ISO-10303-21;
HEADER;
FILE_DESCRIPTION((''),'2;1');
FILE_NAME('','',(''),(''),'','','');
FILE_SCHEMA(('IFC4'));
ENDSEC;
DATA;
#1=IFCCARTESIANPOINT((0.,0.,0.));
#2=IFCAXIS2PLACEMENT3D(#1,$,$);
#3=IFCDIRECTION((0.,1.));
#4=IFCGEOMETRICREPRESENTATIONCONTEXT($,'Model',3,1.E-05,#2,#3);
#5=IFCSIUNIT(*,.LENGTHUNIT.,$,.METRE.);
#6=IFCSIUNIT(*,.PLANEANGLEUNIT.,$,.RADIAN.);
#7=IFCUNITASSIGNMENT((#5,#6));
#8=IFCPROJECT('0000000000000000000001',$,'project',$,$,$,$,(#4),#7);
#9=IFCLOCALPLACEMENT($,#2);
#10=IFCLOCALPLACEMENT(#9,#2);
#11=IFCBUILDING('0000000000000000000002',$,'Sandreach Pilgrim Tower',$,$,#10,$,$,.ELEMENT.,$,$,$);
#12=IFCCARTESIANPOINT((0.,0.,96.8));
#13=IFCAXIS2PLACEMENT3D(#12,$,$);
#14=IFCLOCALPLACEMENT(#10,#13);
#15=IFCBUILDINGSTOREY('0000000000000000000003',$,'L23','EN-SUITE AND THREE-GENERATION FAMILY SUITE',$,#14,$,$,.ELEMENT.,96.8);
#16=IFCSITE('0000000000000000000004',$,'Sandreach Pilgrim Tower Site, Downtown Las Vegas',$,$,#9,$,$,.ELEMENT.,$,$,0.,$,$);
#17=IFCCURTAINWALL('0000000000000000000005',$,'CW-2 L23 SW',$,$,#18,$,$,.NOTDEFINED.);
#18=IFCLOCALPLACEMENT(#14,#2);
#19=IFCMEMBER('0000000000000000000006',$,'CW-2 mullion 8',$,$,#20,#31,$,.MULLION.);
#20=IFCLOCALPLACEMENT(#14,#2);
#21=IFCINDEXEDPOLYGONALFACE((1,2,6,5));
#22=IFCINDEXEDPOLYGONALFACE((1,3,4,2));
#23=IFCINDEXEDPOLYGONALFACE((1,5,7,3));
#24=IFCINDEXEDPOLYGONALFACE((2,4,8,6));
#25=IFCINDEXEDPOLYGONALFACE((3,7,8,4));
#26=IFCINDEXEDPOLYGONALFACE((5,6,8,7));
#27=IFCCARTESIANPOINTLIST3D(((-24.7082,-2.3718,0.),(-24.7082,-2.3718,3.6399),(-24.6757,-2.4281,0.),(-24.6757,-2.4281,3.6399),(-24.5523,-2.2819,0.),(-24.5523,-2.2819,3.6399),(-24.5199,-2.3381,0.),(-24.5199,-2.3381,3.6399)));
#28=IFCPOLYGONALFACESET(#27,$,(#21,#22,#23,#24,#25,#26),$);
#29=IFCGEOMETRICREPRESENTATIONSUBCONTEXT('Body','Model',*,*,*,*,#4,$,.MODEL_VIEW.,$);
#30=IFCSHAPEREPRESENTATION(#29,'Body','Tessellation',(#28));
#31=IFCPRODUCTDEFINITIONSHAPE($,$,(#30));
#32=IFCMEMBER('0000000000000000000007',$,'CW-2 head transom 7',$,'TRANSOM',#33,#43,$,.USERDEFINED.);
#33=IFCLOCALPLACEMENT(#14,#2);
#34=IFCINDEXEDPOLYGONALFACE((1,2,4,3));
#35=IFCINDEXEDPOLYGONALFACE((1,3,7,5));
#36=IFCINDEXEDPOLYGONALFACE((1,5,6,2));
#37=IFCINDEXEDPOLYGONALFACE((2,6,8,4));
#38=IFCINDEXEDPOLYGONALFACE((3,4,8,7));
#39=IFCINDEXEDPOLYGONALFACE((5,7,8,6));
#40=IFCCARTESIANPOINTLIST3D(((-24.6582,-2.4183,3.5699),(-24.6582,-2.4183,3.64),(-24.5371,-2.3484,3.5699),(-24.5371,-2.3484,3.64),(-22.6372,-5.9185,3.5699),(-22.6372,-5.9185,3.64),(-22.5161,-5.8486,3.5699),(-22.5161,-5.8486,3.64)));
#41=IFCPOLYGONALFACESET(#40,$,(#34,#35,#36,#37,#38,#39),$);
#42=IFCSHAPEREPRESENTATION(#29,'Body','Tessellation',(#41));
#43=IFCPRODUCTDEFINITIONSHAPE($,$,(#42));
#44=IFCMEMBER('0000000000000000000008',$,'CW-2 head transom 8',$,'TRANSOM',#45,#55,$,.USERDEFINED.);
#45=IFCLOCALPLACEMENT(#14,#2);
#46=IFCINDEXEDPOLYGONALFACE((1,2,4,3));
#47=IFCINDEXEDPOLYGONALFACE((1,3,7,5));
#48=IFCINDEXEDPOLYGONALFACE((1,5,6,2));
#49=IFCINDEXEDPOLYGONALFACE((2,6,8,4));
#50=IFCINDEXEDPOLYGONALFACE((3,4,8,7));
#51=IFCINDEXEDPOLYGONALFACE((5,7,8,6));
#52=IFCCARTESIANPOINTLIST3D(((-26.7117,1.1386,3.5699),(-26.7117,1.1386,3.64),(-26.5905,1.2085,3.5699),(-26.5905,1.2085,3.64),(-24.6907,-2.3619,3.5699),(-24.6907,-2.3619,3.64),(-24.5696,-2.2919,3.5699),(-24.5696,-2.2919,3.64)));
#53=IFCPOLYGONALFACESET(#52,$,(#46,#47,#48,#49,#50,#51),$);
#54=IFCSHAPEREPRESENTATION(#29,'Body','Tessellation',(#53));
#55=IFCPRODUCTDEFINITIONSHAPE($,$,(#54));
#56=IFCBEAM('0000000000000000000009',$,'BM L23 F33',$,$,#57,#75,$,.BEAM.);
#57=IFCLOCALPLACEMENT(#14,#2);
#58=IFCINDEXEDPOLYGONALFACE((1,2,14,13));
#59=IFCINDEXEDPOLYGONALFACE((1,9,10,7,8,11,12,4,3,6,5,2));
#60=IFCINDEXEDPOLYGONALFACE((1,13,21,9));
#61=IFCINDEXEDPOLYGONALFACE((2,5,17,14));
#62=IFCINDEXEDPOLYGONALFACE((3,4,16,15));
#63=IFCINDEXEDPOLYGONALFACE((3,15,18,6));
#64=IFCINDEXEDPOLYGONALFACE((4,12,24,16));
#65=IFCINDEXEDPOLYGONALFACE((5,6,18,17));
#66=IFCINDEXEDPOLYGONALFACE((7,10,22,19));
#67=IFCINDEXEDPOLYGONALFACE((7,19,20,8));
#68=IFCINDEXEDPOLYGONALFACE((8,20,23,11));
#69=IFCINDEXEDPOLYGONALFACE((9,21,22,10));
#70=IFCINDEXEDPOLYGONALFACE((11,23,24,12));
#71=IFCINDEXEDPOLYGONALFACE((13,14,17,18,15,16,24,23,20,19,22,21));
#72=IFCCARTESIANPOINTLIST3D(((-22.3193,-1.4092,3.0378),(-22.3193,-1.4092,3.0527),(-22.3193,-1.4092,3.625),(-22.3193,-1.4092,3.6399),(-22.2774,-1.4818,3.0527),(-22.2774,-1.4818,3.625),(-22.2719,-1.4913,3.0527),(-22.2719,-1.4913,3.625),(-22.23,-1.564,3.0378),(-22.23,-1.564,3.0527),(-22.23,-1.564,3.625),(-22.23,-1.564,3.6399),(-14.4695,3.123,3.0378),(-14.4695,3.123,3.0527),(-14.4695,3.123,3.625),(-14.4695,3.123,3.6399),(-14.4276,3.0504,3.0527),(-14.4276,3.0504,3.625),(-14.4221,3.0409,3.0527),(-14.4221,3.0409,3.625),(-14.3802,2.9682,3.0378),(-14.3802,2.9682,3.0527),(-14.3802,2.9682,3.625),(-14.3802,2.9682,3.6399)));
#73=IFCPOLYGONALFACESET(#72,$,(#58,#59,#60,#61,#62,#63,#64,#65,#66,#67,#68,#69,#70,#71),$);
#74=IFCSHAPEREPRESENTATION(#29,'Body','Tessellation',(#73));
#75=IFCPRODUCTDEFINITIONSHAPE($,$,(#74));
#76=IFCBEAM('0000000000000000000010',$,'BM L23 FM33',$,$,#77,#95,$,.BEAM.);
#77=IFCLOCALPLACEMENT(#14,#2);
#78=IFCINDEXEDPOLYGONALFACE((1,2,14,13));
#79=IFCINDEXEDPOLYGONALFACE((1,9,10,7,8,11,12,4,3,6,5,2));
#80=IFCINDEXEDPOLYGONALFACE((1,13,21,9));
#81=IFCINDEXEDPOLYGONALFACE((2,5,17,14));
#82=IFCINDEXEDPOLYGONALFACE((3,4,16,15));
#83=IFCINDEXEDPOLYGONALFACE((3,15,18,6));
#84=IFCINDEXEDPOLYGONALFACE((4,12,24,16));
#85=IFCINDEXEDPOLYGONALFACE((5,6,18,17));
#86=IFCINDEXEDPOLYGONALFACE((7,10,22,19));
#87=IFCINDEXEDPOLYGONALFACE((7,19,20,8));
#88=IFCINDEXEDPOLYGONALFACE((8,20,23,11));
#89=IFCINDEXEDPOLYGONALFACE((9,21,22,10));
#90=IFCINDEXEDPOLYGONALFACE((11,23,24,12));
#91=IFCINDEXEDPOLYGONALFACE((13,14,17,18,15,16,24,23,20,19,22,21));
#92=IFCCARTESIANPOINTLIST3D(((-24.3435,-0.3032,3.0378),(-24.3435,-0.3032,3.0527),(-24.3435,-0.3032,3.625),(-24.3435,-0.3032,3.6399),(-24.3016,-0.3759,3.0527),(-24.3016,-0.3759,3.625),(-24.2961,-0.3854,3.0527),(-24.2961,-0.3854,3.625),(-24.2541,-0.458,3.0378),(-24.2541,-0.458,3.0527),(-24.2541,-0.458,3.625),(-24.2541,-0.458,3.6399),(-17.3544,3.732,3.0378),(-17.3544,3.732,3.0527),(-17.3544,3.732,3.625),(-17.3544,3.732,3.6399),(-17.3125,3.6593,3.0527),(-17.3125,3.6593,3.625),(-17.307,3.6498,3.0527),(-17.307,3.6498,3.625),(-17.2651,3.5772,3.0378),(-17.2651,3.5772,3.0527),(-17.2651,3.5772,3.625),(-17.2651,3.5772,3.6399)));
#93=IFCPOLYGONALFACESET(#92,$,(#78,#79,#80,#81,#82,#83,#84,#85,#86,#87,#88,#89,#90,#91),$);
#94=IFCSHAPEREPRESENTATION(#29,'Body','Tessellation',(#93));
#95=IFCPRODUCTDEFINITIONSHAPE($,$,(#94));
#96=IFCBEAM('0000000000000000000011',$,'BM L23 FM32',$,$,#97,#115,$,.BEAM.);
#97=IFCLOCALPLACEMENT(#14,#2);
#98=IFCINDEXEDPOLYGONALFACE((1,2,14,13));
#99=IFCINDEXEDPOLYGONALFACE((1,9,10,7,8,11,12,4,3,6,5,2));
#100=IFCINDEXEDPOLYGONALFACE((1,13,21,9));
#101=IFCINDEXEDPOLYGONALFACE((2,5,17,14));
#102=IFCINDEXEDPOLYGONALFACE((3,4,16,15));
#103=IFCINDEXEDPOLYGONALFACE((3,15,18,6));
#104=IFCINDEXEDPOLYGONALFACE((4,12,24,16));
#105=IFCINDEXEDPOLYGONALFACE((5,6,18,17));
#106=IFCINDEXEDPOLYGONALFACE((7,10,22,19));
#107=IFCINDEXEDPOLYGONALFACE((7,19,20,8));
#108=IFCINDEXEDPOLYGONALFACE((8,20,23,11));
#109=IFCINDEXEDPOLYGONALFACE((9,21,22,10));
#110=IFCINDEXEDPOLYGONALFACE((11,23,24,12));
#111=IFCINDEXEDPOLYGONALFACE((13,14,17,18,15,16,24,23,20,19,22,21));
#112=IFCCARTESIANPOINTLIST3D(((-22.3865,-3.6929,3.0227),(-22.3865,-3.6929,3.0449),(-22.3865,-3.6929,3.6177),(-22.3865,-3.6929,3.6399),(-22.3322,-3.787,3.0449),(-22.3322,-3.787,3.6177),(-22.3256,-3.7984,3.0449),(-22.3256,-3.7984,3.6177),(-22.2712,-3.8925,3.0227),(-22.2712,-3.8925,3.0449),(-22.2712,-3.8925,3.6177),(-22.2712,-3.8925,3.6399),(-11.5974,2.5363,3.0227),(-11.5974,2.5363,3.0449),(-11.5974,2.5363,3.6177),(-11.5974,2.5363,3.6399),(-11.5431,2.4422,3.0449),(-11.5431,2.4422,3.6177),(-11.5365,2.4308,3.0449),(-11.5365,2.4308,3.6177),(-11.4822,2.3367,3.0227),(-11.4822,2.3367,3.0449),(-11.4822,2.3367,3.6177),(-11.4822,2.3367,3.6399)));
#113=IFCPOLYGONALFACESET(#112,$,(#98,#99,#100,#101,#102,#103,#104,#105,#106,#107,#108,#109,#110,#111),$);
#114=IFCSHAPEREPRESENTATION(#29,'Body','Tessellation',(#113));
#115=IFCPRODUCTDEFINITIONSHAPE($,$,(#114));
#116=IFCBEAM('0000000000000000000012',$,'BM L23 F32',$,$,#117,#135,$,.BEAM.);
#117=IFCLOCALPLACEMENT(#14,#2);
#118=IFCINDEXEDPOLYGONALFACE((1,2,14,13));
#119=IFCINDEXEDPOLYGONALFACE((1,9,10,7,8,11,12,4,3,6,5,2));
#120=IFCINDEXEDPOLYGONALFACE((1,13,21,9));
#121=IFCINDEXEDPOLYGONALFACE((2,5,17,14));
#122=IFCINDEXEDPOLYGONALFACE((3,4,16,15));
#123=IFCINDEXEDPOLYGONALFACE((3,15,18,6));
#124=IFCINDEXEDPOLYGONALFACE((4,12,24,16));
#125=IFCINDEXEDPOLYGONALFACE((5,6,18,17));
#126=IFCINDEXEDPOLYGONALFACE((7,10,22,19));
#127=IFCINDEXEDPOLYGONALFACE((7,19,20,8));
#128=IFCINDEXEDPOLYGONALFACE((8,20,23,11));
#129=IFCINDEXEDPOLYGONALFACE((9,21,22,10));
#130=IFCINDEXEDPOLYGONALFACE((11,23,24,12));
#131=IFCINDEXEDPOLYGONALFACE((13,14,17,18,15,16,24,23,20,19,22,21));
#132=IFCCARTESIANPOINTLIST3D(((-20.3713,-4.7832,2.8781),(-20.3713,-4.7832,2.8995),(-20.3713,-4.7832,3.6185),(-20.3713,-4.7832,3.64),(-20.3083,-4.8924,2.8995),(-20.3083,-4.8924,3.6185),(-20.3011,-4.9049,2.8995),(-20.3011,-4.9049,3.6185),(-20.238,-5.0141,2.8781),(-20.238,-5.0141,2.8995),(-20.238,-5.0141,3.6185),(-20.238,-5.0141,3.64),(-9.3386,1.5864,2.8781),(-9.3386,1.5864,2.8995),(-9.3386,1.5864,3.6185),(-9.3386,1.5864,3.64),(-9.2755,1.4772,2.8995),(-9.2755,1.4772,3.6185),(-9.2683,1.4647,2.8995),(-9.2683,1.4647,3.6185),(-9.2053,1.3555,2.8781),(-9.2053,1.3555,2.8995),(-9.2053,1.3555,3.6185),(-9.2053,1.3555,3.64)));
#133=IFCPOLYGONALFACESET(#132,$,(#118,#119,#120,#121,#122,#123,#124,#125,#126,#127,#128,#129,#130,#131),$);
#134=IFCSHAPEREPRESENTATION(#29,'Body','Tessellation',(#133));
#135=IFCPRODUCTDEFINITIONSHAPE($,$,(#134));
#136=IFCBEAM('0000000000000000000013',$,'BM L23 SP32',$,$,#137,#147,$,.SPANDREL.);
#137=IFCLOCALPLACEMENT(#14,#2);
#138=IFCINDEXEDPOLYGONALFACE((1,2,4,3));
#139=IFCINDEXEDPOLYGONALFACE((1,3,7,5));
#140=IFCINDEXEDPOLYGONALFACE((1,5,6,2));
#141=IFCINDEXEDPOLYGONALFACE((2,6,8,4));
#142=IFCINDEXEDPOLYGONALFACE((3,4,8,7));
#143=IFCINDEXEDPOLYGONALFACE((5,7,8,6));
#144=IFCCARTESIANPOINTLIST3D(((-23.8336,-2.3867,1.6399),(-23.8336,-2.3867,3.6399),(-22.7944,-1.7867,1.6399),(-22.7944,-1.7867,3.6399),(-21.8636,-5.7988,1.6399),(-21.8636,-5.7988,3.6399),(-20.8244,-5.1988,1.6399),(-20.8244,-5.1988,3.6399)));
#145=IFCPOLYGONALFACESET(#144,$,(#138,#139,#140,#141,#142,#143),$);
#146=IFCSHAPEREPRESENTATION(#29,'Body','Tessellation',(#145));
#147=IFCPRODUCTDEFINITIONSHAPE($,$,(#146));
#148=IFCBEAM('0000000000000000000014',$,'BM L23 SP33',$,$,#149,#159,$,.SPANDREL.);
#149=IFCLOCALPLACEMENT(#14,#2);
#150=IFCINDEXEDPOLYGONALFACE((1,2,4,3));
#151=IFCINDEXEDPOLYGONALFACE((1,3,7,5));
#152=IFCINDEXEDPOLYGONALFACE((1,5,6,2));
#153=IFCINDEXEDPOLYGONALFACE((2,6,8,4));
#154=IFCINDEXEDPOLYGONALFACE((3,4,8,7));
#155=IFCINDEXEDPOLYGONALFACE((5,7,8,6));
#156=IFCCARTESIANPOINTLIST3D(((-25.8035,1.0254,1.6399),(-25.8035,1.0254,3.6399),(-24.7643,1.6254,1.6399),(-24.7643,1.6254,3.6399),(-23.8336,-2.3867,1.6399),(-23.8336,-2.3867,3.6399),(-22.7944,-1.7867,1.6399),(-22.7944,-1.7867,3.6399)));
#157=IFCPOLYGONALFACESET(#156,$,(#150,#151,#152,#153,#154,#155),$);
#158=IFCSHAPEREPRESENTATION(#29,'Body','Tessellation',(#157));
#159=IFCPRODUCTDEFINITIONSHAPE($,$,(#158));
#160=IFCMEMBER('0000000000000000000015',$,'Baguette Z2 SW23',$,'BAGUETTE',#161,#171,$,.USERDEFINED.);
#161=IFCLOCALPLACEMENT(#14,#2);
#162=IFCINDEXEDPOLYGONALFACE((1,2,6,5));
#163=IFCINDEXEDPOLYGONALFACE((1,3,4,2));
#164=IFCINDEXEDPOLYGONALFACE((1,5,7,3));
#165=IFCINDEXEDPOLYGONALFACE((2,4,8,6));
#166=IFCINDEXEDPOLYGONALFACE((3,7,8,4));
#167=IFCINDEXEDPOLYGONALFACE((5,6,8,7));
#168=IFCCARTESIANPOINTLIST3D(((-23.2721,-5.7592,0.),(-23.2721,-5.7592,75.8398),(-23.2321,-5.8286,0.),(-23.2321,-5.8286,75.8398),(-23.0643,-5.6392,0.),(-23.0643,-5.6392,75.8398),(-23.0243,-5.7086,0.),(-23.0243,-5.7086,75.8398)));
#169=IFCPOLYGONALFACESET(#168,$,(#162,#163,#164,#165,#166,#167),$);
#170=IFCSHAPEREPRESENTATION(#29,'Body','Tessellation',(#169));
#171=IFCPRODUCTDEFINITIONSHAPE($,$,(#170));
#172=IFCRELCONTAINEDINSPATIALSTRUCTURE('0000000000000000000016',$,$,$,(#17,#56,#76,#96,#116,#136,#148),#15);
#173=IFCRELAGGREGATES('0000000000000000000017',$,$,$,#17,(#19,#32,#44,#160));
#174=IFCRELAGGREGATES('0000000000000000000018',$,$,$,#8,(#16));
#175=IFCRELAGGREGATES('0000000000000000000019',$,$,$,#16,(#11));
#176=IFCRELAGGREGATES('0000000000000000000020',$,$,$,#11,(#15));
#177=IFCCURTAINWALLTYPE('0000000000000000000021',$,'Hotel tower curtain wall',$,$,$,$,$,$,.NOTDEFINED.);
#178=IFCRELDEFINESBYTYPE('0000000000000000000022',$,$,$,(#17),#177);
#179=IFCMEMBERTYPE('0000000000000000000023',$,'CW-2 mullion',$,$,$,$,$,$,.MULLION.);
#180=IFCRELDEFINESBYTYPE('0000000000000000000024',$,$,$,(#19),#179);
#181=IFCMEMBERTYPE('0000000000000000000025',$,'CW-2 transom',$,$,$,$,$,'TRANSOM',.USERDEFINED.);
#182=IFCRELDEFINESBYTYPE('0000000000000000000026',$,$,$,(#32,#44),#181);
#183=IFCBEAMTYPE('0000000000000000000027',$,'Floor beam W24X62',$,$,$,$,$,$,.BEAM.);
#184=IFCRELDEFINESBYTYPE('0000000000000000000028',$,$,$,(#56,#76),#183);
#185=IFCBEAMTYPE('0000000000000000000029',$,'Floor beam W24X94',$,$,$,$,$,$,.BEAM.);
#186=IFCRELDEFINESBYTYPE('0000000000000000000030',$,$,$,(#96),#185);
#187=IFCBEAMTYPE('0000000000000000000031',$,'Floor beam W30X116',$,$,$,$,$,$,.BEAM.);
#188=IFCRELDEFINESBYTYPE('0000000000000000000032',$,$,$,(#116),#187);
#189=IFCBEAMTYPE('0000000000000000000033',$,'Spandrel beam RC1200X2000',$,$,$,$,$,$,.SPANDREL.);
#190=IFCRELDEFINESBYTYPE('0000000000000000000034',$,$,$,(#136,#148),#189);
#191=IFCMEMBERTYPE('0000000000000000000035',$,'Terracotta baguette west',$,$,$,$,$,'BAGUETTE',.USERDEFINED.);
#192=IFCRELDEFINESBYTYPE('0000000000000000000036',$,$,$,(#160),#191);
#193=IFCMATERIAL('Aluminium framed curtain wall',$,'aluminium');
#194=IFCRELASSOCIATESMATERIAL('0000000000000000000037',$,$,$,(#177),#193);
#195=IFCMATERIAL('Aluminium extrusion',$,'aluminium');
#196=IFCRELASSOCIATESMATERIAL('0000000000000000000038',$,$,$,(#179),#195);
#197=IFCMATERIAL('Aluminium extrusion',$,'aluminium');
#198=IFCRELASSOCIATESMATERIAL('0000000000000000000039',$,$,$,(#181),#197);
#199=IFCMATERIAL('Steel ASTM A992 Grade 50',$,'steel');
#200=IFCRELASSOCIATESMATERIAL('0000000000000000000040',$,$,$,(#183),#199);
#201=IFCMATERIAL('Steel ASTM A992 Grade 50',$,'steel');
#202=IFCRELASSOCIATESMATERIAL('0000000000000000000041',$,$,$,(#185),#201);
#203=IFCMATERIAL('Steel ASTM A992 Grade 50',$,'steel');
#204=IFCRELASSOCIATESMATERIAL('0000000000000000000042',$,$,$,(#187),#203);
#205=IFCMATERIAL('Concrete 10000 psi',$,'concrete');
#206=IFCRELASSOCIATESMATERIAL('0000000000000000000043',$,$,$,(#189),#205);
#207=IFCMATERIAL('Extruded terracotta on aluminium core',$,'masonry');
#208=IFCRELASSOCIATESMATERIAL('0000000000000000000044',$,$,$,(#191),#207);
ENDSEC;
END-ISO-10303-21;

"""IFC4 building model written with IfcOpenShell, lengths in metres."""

from ifc_helpers import new_model, si_unit, direction, frame, origin, origin_2d, place, context, subcontext, project, spatial, rectangle, i_section, extrude, material, material_profile, profile_set, type_object, element, aggregate, save


model = new_model("IFC4")

# Units and contexts
model_context = context("Model", 3, precision=1e-05, world=origin(), true_north=direction((0.0, 1.0)))
body_context = subcontext(model_context, "Body", "Model", "MODEL_VIEW")
ifc_project = project(units=[si_unit("LENGTHUNIT", "METRE"), si_unit("PLANEANGLEUNIT", "RADIAN")], contexts=[model_context])

# Site, building, storey
site_placement = place(None, origin())
site = spatial("IfcSite", under=ifc_project, at=site_placement, Name="Sandreach Pilgrim Tower Site, Downtown Las Vegas", CompositionType="ELEMENT", RefElevation=0.0)
building_placement = place(site_placement, origin())
building = spatial("IfcBuilding", under=site, at=building_placement, Name="Sandreach Pilgrim Tower", CompositionType="ELEMENT")
storey_placement = place(building_placement, frame((0.0, 0.0, 96.8)))
storey = spatial("IfcBuildingStorey", under=building, at=storey_placement, Name="L23", Description="EN-SUITE AND THREE-GENERATION FAMILY SUITE", CompositionType="ELEMENT", Elevation=96.8)

# Curtain wall, members
ifc_material_1 = material(Name="Aluminium framed curtain wall", Category="aluminium")
curtain_wall_type = type_object("IfcCurtainWallType", Name="Hotel tower curtain wall", PredefinedType="NOTDEFINED", material=ifc_material_1)
curtain_wall_placement = place(storey_placement, origin())
curtain_wall = element("IfcCurtainWall", 1, at=curtain_wall_placement, inside=storey, type_object=curtain_wall_type, Name="CW-2 L23 SW", PredefinedType="NOTDEFINED")
ifc_material_2 = material(Name="Aluminium extrusion", Category="aluminium")
ifc_material_profile_1 = material_profile(ifc_material_2, rectangle(XDim=0.0649, YDim=0.1799, at=origin_2d()), Name="CW-2M 65X180")
ifc_profile_set_1 = profile_set([ifc_material_profile_1], Name="Aluminium extrusion")
member_type_1 = type_object("IfcMemberType", Name="CW-2 mullion", PredefinedType="MULLION", material=ifc_profile_set_1)
member_1_placement = place(storey_placement, frame((-24.614, -2.355, 0.0), z_axis=(0.0, 0.0, 1.0), x_axis=(-0.5, 0.866025, 0.0)))
member_1 = element("IfcMember", 2, at=member_1_placement, type_object=member_type_1, Name="CW-2 mullion 8", PredefinedType="MULLION", context=body_context, shape_type="SweptSolid", body=[
    extrude(rectangle(XDim=0.0649, YDim=0.1799, at=origin_2d()), origin(), (0.0, 0.0, 1.0), 3.6399),
])
ifc_material_3 = material(Name="Aluminium extrusion", Category="aluminium")
ifc_material_profile_2 = material_profile(ifc_material_3, rectangle(XDim=0.1399, YDim=0.0701, at=origin_2d()), Name="CW-2T 140X70")
ifc_profile_set_2 = profile_set([ifc_material_profile_2], Name="Aluminium extrusion")
member_type_2 = type_object("IfcMemberType", Name="CW-2 transom", ElementType="TRANSOM", PredefinedType="USERDEFINED", material=ifc_profile_set_2)
member_2_placement = place(storey_placement, frame((-22.5767, -5.8835, 3.605), z_axis=(-0.500024, 0.866012, 0.0), x_axis=(-0.866012, -0.500024, 0.0)))
member_2 = element("IfcMember", 3, at=member_2_placement, type_object=member_type_2, Name="CW-2 head transom 7", ObjectType="TRANSOM", PredefinedType="USERDEFINED", context=body_context, shape_type="SweptSolid", body=[
    extrude(rectangle(XDim=0.1399, YDim=0.0701, at=origin_2d()), origin(), (0.0, 0.0, 1.0), 4.0417),
])
member_3_placement = place(storey_placement, frame((-24.6301, -2.3269, 3.605), z_axis=(-0.499998, 0.866027, 0.0), x_axis=(-0.866027, -0.499998, 0.0)))
member_3 = element("IfcMember", 4, at=member_3_placement, type_object=member_type_2, Name="CW-2 head transom 8", ObjectType="TRANSOM", PredefinedType="USERDEFINED", context=body_context, shape_type="SweptSolid", body=[
    extrude(rectangle(XDim=0.1399, YDim=0.0701, at=origin_2d()), origin(), (0.0, 0.0, 1.0), 4.042),
])

# Beams
ifc_material_4 = material(Name="Steel ASTM A992 Grade 50", Category="steel")
ifc_material_profile_3 = material_profile(ifc_material_4, i_section(OverallWidth=0.1787, OverallDepth=0.6021, WebThickness=0.011, FlangeThickness=0.0149, at=origin_2d()), Name="W24X62")
ifc_profile_set_3 = profile_set([ifc_material_profile_3], Name="Steel ASTM A992 Grade 50")
beam_type_1 = type_object("IfcBeamType", Name="Floor beam W24X62", PredefinedType="BEAM", material=ifc_profile_set_3)
beam_1_placement = place(storey_placement, frame((-22.2747, -1.4866, 3.3389), z_axis=(0.86602, 0.500009, 0.0), x_axis=(-0.500009, 0.86602, 0.0)))
element("IfcBeam", 5, at=beam_1_placement, inside=storey, type_object=beam_type_1, Name="BM L23 F33", PredefinedType="BEAM", context=body_context, shape_type="SweptSolid", body=[
    extrude(i_section(OverallWidth=0.1787, OverallDepth=0.6021, WebThickness=0.011, FlangeThickness=0.0149, at=origin_2d()), origin(), (0.0, 0.0, 1.0), 9.0642),
])
beam_2_placement = place(storey_placement, frame((-24.2988, -0.3806, 3.3389), z_axis=(0.866023, 0.500004, 0.0), x_axis=(-0.500004, 0.866023, 0.0)))
element("IfcBeam", 6, at=beam_2_placement, inside=storey, type_object=beam_type_1, Name="BM L23 FM33", PredefinedType="BEAM", context=body_context, shape_type="SweptSolid", body=[
    extrude(i_section(OverallWidth=0.1787, OverallDepth=0.6021, WebThickness=0.011, FlangeThickness=0.0149, at=origin_2d()), origin(), (0.0, 0.0, 1.0), 8.0703),
])
ifc_material_5 = material(Name="Steel ASTM A992 Grade 50", Category="steel")
ifc_material_profile_4 = material_profile(ifc_material_5, i_section(OverallWidth=0.2305, OverallDepth=0.6172, WebThickness=0.0132, FlangeThickness=0.0222, at=origin_2d()), Name="W24X94")
ifc_profile_set_4 = profile_set([ifc_material_profile_4], Name="Steel ASTM A992 Grade 50")
beam_type_2 = type_object("IfcBeamType", Name="Floor beam W24X94", PredefinedType="BEAM", material=ifc_profile_set_4)
beam_3_placement = place(storey_placement, frame((-22.3289, -3.7927, 3.3313), z_axis=(0.866019, 0.500011, 0.0), x_axis=(-0.500011, 0.866019, 0.0)))
element("IfcBeam", 7, at=beam_3_placement, inside=storey, type_object=beam_type_2, Name="BM L23 FM32", PredefinedType="BEAM", context=body_context, shape_type="SweptSolid", body=[
    extrude(i_section(OverallWidth=0.2305, OverallDepth=0.6172, WebThickness=0.0132, FlangeThickness=0.0222, at=origin_2d()), origin(), (0.0, 0.0, 1.0), 12.4583),
])
ifc_material_6 = material(Name="Steel ASTM A992 Grade 50", Category="steel")
ifc_material_profile_5 = material_profile(ifc_material_6, i_section(OverallWidth=0.2666, OverallDepth=0.762, WebThickness=0.0144, FlangeThickness=0.0215, at=origin_2d()), Name="W30X116")
ifc_profile_set_5 = profile_set([ifc_material_profile_5], Name="Steel ASTM A992 Grade 50")
beam_type_3 = type_object("IfcBeamType", Name="Floor beam W30X116", PredefinedType="BEAM", material=ifc_profile_set_5)
beam_4_placement = place(storey_placement, frame((-20.3047, -4.8987, 3.259), z_axis=(0.866029, 0.499993, 0.0), x_axis=(-0.499993, 0.866029, 0.0)))
element("IfcBeam", 8, at=beam_4_placement, inside=storey, type_object=beam_type_3, Name="BM L23 F32", PredefinedType="BEAM", context=body_context, shape_type="SweptSolid", body=[
    extrude(i_section(OverallWidth=0.2666, OverallDepth=0.762, WebThickness=0.0144, FlangeThickness=0.0215, at=origin_2d()), origin(), (0.0, 0.0, 1.0), 12.7395),
])
ifc_material_7 = material(Name="Concrete 10000 psi", Category="concrete")
ifc_material_profile_6 = material_profile(ifc_material_7, rectangle(XDim=1.2, YDim=2.0, at=origin_2d()), Name="RC1200X2000")
ifc_profile_set_6 = profile_set([ifc_material_profile_6], Name="Concrete 10000 psi")
beam_type_4 = type_object("IfcBeamType", Name="Spandrel beam RC1200X2000", PredefinedType="SPANDREL", material=ifc_profile_set_6)
for number, where, z_axis, x_axis, name in (
    (9, (-21.344, -5.4988, 2.6399), (-0.499998, 0.866027, 0.0), (-0.866027, -0.499998, 0.0), "BM L23 SP32"),
    (10, (-23.314, -2.0867, 2.6399), (-0.499998, 0.866027, 0.0), (-0.866027, -0.499998, 0.0), "BM L23 SP33"),
):
    element("IfcBeam", number, at=place(storey_placement, frame(where, z_axis=z_axis, x_axis=x_axis)), inside=storey, type_object=beam_type_4, Name=name, PredefinedType="SPANDREL", context=body_context, shape_type="SweptSolid", body=[
        extrude(rectangle(XDim=1.2, YDim=2.0, at=origin_2d()), origin(), (0.0, 0.0, 1.0), 3.9399),
    ])

# Member
ifc_material_8 = material(Name="Extruded terracotta on aluminium core", Category="masonry")
ifc_material_profile_7 = material_profile(ifc_material_8, rectangle(XDim=0.0801, YDim=0.24, at=origin_2d()), Name="TBW 80X240")
ifc_profile_set_7 = profile_set([ifc_material_profile_7], Name="Extruded terracotta on aluminium core")
member_type_3 = type_object("IfcMemberType", Name="Terracotta baguette west", ElementType="BAGUETTE", PredefinedType="USERDEFINED", material=ifc_profile_set_7)
member_4_placement = place(storey_placement, frame((-23.1482, -5.7339, 0.0), z_axis=(0.0, 0.0, 1.0), x_axis=(-0.5, 0.866025, 0.0)))
member_4 = element("IfcMember", 11, at=member_4_placement, type_object=member_type_3, Name="Baguette Z2 SW23", ObjectType="BAGUETTE", PredefinedType="USERDEFINED", context=body_context, shape_type="SweptSolid", body=[
    extrude(rectangle(XDim=0.0801, YDim=0.24, at=origin_2d()), origin(), (0.0, 0.0, 1.0), 75.8398),
])

aggregate(curtain_wall, [member_1, member_2, member_3, member_4])

save(model, "model.ifc")
